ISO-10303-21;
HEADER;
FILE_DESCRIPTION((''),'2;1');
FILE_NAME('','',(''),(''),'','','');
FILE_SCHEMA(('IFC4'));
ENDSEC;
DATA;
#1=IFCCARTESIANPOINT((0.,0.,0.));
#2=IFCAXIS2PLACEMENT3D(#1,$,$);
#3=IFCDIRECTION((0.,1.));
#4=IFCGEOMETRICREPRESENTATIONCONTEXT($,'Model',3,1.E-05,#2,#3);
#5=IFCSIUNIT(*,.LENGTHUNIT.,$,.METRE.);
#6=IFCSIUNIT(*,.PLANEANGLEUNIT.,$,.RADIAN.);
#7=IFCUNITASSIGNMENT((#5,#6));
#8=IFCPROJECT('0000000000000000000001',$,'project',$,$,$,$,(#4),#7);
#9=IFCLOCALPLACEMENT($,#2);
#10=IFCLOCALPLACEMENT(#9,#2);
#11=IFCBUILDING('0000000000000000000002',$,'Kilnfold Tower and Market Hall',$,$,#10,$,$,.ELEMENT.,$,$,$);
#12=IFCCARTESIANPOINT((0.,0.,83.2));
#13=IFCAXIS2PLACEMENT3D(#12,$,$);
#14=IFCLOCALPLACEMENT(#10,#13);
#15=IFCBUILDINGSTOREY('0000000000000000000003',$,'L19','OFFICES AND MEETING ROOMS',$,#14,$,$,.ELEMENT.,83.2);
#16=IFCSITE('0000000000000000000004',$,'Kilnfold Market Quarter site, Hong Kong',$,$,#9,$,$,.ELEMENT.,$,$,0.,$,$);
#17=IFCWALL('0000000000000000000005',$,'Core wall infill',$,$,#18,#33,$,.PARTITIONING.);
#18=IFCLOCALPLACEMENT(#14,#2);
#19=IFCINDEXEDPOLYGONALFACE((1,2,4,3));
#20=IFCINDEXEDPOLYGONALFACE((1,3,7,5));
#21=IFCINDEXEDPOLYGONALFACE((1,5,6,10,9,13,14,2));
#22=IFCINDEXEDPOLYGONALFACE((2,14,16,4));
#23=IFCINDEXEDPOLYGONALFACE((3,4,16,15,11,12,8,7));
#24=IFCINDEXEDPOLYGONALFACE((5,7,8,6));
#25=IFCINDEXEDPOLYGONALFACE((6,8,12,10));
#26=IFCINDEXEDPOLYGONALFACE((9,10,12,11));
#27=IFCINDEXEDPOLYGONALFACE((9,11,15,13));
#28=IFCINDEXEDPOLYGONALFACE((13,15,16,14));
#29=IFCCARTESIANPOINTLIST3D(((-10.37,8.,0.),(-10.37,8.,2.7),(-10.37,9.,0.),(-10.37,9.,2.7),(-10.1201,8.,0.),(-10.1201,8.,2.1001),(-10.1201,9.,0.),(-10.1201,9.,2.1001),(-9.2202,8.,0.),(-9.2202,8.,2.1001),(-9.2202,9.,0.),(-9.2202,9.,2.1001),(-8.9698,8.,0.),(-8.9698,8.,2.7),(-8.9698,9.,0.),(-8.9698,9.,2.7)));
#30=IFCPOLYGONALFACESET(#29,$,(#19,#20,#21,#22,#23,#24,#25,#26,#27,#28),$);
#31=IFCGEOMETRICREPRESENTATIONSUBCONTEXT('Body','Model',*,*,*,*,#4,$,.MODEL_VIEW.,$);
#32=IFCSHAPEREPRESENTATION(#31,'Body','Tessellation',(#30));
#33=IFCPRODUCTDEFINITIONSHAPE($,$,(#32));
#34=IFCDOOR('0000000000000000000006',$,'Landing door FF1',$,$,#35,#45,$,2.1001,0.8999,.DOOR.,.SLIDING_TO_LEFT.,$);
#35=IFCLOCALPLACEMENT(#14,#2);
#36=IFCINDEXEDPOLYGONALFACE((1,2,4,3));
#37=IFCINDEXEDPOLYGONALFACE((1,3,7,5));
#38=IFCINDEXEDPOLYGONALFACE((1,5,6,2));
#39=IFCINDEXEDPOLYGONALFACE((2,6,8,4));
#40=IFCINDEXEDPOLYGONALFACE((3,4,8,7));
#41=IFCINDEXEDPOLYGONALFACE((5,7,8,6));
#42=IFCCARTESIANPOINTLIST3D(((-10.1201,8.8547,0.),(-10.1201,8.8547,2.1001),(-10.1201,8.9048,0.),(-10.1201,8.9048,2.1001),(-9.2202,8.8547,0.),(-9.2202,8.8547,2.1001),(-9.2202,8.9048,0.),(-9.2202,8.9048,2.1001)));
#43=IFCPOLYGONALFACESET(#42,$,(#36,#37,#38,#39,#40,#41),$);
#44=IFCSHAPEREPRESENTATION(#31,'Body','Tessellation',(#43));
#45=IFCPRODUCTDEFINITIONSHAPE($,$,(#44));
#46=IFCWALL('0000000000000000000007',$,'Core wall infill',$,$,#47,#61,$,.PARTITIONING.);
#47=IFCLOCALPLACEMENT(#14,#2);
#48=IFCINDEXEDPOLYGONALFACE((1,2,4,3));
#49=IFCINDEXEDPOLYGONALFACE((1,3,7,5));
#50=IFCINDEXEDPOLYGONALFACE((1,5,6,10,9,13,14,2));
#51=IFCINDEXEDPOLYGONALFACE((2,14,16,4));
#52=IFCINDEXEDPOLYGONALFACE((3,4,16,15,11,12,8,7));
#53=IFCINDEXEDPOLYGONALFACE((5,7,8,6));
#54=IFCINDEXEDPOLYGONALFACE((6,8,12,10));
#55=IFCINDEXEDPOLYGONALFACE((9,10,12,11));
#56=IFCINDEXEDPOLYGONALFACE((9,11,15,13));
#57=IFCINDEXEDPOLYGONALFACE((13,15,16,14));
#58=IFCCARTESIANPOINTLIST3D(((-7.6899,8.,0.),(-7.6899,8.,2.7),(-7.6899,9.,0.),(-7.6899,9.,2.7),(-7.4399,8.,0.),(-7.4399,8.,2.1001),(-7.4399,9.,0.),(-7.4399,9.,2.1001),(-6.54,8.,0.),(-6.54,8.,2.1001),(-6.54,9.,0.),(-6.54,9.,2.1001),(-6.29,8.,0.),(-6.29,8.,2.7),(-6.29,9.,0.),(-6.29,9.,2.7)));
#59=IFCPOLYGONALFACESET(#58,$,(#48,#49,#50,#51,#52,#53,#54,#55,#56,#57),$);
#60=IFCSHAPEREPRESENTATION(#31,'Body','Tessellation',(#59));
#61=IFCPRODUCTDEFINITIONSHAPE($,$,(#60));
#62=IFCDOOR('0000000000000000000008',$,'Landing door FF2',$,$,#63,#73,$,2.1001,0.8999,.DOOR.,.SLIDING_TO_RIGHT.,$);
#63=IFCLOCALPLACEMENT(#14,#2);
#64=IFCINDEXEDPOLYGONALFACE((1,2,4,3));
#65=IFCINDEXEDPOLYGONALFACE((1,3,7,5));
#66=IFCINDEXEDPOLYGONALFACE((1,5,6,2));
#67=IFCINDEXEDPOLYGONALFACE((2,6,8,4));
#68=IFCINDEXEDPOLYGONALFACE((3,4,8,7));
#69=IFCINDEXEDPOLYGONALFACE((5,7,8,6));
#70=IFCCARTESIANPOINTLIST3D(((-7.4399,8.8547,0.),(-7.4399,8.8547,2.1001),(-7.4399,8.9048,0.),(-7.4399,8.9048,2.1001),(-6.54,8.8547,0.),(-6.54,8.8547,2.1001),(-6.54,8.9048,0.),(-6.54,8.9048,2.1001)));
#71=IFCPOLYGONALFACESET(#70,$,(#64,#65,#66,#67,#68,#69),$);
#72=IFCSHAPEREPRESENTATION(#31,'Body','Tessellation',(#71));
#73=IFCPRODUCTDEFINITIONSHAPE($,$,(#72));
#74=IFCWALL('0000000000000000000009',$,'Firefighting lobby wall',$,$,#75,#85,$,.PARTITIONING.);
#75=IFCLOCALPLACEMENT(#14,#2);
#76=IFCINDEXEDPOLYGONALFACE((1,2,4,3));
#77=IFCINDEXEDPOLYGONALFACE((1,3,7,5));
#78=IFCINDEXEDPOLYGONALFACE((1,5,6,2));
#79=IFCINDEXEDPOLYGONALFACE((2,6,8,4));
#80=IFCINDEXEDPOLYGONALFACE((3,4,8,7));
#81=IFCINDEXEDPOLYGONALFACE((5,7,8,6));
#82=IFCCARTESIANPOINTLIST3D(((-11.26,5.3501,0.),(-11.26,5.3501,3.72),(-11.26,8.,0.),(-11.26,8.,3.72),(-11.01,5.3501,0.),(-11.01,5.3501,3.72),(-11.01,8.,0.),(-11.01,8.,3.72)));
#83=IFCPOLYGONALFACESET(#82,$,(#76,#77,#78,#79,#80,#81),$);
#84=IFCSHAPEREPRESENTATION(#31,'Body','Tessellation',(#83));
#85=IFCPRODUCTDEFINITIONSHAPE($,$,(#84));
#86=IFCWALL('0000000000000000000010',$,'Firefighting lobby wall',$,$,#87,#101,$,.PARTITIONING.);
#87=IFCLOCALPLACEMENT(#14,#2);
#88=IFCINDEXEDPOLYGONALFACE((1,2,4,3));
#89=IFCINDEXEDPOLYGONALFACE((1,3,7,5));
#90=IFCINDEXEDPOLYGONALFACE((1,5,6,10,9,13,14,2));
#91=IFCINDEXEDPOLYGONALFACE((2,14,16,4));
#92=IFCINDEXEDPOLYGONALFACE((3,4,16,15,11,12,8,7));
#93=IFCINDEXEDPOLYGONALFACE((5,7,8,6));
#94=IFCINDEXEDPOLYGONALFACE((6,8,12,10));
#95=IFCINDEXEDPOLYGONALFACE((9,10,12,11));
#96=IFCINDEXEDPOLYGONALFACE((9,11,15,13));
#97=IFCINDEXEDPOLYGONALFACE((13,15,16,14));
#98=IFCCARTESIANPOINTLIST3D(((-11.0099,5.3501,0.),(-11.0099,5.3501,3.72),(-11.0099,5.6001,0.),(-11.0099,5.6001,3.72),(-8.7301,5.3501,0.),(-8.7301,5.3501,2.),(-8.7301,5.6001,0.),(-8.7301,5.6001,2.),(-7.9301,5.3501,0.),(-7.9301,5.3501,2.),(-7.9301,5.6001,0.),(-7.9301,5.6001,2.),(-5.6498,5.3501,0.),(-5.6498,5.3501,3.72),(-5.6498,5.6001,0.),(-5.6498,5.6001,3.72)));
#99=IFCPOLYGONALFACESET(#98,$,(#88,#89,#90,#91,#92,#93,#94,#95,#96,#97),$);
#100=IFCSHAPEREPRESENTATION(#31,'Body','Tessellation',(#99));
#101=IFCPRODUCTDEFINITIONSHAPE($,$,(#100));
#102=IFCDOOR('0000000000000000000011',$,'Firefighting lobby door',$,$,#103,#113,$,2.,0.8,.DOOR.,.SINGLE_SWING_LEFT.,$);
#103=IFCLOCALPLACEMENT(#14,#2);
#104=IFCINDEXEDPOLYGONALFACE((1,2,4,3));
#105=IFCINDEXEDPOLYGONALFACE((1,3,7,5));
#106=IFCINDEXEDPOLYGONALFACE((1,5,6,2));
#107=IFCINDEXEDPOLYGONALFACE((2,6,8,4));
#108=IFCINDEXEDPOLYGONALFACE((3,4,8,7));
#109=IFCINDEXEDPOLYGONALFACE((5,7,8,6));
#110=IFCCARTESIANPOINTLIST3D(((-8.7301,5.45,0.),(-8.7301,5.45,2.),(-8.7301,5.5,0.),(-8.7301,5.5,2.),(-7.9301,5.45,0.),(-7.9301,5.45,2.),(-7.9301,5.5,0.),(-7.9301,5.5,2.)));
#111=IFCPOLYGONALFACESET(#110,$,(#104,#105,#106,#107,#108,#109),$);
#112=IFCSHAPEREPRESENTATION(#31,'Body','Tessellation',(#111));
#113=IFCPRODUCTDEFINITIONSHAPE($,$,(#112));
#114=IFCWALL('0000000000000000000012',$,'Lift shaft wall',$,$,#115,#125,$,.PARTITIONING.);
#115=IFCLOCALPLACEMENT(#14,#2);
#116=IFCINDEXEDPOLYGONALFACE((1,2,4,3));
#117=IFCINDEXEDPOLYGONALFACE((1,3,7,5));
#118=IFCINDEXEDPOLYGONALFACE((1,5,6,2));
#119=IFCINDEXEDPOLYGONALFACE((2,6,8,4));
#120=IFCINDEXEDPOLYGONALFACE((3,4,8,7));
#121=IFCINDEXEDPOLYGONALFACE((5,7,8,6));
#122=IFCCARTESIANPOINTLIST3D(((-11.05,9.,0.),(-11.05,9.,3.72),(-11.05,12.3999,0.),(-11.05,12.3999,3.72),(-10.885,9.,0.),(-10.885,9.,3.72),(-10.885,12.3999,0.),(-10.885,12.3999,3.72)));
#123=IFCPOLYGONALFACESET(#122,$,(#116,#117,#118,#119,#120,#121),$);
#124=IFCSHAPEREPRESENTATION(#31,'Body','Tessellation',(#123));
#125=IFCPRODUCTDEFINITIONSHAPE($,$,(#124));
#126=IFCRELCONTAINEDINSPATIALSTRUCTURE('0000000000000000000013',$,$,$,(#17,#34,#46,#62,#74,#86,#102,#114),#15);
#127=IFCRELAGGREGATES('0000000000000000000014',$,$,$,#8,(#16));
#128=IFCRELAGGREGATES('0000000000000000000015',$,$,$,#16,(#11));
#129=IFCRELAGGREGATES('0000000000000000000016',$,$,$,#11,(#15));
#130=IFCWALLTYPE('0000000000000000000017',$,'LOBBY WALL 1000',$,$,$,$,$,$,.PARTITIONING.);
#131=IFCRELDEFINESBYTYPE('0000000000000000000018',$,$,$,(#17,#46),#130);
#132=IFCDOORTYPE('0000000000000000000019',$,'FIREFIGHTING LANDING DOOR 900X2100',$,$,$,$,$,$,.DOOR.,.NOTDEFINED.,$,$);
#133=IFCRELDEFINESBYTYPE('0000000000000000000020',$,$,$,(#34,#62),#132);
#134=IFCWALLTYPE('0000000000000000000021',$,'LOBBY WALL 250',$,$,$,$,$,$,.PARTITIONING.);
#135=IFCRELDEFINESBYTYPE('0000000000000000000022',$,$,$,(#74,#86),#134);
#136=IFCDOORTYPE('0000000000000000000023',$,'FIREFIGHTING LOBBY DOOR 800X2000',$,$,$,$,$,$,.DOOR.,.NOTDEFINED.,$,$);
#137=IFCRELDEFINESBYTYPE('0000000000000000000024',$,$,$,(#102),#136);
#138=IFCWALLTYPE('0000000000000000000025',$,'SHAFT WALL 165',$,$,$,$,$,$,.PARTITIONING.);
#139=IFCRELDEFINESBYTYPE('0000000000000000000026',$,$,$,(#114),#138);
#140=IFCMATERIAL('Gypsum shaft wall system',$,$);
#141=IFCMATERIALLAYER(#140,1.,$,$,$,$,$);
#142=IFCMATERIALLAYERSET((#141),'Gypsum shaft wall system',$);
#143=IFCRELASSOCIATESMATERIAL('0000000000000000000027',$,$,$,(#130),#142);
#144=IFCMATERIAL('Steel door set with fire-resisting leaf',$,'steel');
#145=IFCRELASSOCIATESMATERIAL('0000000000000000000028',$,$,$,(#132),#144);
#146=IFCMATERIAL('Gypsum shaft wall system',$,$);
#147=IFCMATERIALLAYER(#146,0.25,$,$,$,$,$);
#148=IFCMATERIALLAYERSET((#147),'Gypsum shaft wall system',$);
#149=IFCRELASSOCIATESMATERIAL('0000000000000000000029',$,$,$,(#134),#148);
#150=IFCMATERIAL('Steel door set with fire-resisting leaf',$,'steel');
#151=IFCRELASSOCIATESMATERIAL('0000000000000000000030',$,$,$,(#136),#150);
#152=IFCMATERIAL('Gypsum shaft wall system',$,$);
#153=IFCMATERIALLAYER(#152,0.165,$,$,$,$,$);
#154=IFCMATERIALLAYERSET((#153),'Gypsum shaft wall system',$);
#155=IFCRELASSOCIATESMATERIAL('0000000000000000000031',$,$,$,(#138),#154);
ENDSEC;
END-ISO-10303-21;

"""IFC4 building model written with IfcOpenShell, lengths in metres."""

from ifc_helpers import new_model, si_unit, direction, frame, frame_2d, origin, place, context, subcontext, project, spatial, rectangle, extrude, source, transform, mapped, material, layer, layer_set, type_object, element, fill, save


model = new_model("IFC4")

# Units and contexts
model_context = context("Model", 3, precision=1e-05, world=origin(), true_north=direction((0.0, 1.0)))
body_context = subcontext(model_context, "Body", "Model", "MODEL_VIEW")
ifc_project = project(units=[si_unit("LENGTHUNIT", "METRE"), si_unit("PLANEANGLEUNIT", "RADIAN")], contexts=[model_context])

# Site, building, storey
site_placement = place(None, origin())
site = spatial("IfcSite", under=ifc_project, at=site_placement, Name="Kilnfold Market Quarter site, Hong Kong", CompositionType="ELEMENT", RefElevation=0.0)
building_placement = place(site_placement, origin())
building = spatial("IfcBuilding", under=site, at=building_placement, Name="Kilnfold Tower and Market Hall", CompositionType="ELEMENT")
storey_placement = place(building_placement, frame((0.0, 0.0, 83.2)))
storey = spatial("IfcBuildingStorey", under=building, at=storey_placement, Name="L19", Description="OFFICES AND MEETING ROOMS", CompositionType="ELEMENT", Elevation=83.2)

# Walls, openings, doors
ifc_material_1 = material(Name="Gypsum shaft wall system")
ifc_layer_1 = layer(ifc_material_1, 1.0)
ifc_layer_set_1 = layer_set([ifc_layer_1], Name="Gypsum shaft wall system")
wall_type_1 = type_object("IfcWallType", Name="LOBBY WALL 1000", PredefinedType="PARTITIONING", material=ifc_layer_set_1)
shared_shape_1 = source(origin(), body_context, "Body", "SweptSolid", [
    extrude(rectangle(XDim=1.4001, YDim=1.0, at=frame_2d((0.7002, 0.0))), origin(), (0.0, 0.0, 1.0), 2.7),
])
wall_1_placement = place(storey_placement, frame((-10.3701, 8.5, 0.0), z_axis=(0.0, 0.0, 1.0), x_axis=(1.0, 0.0, 0.0)))
wall_1 = element("IfcWall", 1, at=wall_1_placement, inside=storey, type_object=wall_type_1, Name="Core wall infill", PredefinedType="PARTITIONING", context=body_context, shape_type="MappedRepresentation", body=[
    mapped(shared_shape_1, transform((0.0, 0.0, 0.0))),
])
opening_1_placement = place(wall_1_placement, frame((0.25, 0.0, 0.0)))
opening_1 = element("IfcOpeningElement", 2, at=opening_1_placement, cuts=wall_1, PredefinedType="OPENING", context=body_context, shape_type="SweptSolid", body=[
    extrude(rectangle(XDim=0.8999, YDim=2.1001, at=frame_2d((0.45, 1.05))), frame((0.0, 0.51, 0.0), z_axis=(0.0, -1.0, 0.0), x_axis=(1.0, 0.0, 0.0)), (0.0, 0.0, 1.0), 1.02),
])
ifc_material_2 = material(Name="Steel door set with fire-resisting leaf", Category="steel")
door_type_1 = type_object("IfcDoorType", Name="FIREFIGHTING LANDING DOOR 900X2100", OperationType="NOTDEFINED", PredefinedType="DOOR", material=ifc_material_2)
door_1_placement = place(opening_1_placement, origin())
door_1 = element("IfcDoor", 3, at=door_1_placement, inside=storey, type_object=door_type_1, Name="Landing door FF1", OperationType="SLIDING_TO_LEFT", OverallHeight=2.1001, OverallWidth=0.8999, PredefinedType="DOOR", context=body_context, shape_type="SweptSolid", body=[
    extrude(rectangle(XDim=0.8999, YDim=2.1001, at=frame_2d((0.45, 1.05))), frame((0.0, 0.4048, 0.0), z_axis=(0.0, -1.0, 0.0), x_axis=(1.0, 0.0, 0.0)), (0.0, 0.0, 1.0), 0.05),
])
fill(opening_1, door_1)
shared_shape_2 = source(origin(), body_context, "Body", "SweptSolid", [
    extrude(rectangle(XDim=1.3999, YDim=1.0, at=frame_2d((0.7, 0.0))), origin(), (0.0, 0.0, 1.0), 2.7),
])
wall_2_placement = place(storey_placement, frame((-7.6899, 8.5, 0.0), z_axis=(0.0, 0.0, 1.0), x_axis=(1.0, 0.0, 0.0)))
wall_2 = element("IfcWall", 4, at=wall_2_placement, inside=storey, type_object=wall_type_1, Name="Core wall infill", PredefinedType="PARTITIONING", context=body_context, shape_type="MappedRepresentation", body=[
    mapped(shared_shape_2, transform((0.0, 0.0, 0.0))),
])
opening_2_placement = place(wall_2_placement, frame((0.25, 0.0, 0.0)))
opening_2 = element("IfcOpeningElement", 5, at=opening_2_placement, cuts=wall_2, PredefinedType="OPENING", context=body_context, shape_type="SweptSolid", body=[
    extrude(rectangle(XDim=0.8999, YDim=2.1001, at=frame_2d((0.45, 1.05))), frame((0.0, 0.51, 0.0), z_axis=(0.0, -1.0, 0.0), x_axis=(1.0, 0.0, 0.0)), (0.0, 0.0, 1.0), 1.02),
])
door_2_placement = place(opening_2_placement, origin())
door_2 = element("IfcDoor", 6, at=door_2_placement, inside=storey, type_object=door_type_1, Name="Landing door FF2", OperationType="SLIDING_TO_RIGHT", OverallHeight=2.1001, OverallWidth=0.8999, PredefinedType="DOOR", context=body_context, shape_type="SweptSolid", body=[
    extrude(rectangle(XDim=0.8999, YDim=2.1001, at=frame_2d((0.45, 1.05))), frame((0.0, 0.4048, 0.0), z_axis=(0.0, -1.0, 0.0), x_axis=(1.0, 0.0, 0.0)), (0.0, 0.0, 1.0), 0.05),
])
fill(opening_2, door_2)

# Wall
ifc_material_3 = material(Name="Gypsum shaft wall system")
ifc_layer_2 = layer(ifc_material_3, 0.25)
ifc_layer_set_2 = layer_set([ifc_layer_2], Name="Gypsum shaft wall system")
wall_type_2 = type_object("IfcWallType", Name="LOBBY WALL 250", PredefinedType="PARTITIONING", material=ifc_layer_set_2)
shared_shape_3 = source(origin(), body_context, "Body", "SweptSolid", [
    extrude(rectangle(XDim=2.6499, YDim=0.25, at=frame_2d((1.325, 0.0))), origin(), (0.0, 0.0, 1.0), 3.72),
])
wall_3_placement = place(storey_placement, frame((-11.135, 5.3501, 0.0), z_axis=(0.0, 0.0, 1.0), x_axis=(0.0, 1.0, 0.0)))
element("IfcWall", 7, at=wall_3_placement, inside=storey, type_object=wall_type_2, Name="Firefighting lobby wall", PredefinedType="PARTITIONING", context=body_context, shape_type="MappedRepresentation", body=[
    mapped(shared_shape_3, transform((0.0, 0.0, 0.0))),
])

# Wall, opening, door
shared_shape_4 = source(origin(), body_context, "Body", "SweptSolid", [
    extrude(rectangle(XDim=5.3601, YDim=0.25, at=frame_2d((2.6802, 0.0))), origin(), (0.0, 0.0, 1.0), 3.72),
])
wall_4_placement = place(storey_placement, frame((-11.01, 5.4751, 0.0), z_axis=(0.0, 0.0, 1.0), x_axis=(1.0, 0.0, 0.0)))
wall_4 = element("IfcWall", 8, at=wall_4_placement, inside=storey, type_object=wall_type_2, Name="Firefighting lobby wall", PredefinedType="PARTITIONING", context=body_context, shape_type="MappedRepresentation", body=[
    mapped(shared_shape_4, transform((0.0, 0.0, 0.0))),
])
opening_3_placement = place(wall_4_placement, frame((2.28, 0.0, 0.0)))
opening_3 = element("IfcOpeningElement", 9, at=opening_3_placement, cuts=wall_4, PredefinedType="OPENING", context=body_context, shape_type="SweptSolid", body=[
    extrude(rectangle(XDim=0.8, YDim=2.0, at=frame_2d((0.3999, 1.0))), frame((0.0, 0.135, 0.0), z_axis=(0.0, -1.0, 0.0), x_axis=(1.0, 0.0, 0.0)), (0.0, 0.0, 1.0), 0.27),
])
ifc_material_4 = material(Name="Steel door set with fire-resisting leaf", Category="steel")
door_type_2 = type_object("IfcDoorType", Name="FIREFIGHTING LOBBY DOOR 800X2000", OperationType="NOTDEFINED", PredefinedType="DOOR", material=ifc_material_4)
door_3_placement = place(opening_3_placement, origin())
door_3 = element("IfcDoor", 10, at=door_3_placement, inside=storey, type_object=door_type_2, Name="Firefighting lobby door", OperationType="SINGLE_SWING_LEFT", OverallHeight=2.0, OverallWidth=0.8, PredefinedType="DOOR", context=body_context, shape_type="SweptSolid", body=[
    extrude(rectangle(XDim=0.8, YDim=2.0, at=frame_2d((0.3999, 1.0))), frame((0.0, 0.0249, 0.0), z_axis=(0.0, -1.0, 0.0), x_axis=(1.0, 0.0, 0.0)), (0.0, 0.0, 1.0), 0.05),
])
fill(opening_3, door_3)

# Wall
ifc_material_5 = material(Name="Gypsum shaft wall system")
ifc_layer_3 = layer(ifc_material_5, 0.165)
ifc_layer_set_3 = layer_set([ifc_layer_3], Name="Gypsum shaft wall system")
wall_type_3 = type_object("IfcWallType", Name="SHAFT WALL 165", PredefinedType="PARTITIONING", material=ifc_layer_set_3)
shared_shape_5 = source(origin(), body_context, "Body", "SweptSolid", [
    extrude(rectangle(XDim=3.3999, YDim=0.165, at=frame_2d((1.7, 0.0))), origin(), (0.0, 0.0, 1.0), 3.72),
])
wall_5_placement = place(storey_placement, frame((-10.9675, 9.0, 0.0), z_axis=(0.0, 0.0, 1.0), x_axis=(0.0, 1.0, 0.0)))
element("IfcWall", 11, at=wall_5_placement, inside=storey, type_object=wall_type_3, Name="Lift shaft wall", PredefinedType="PARTITIONING", context=body_context, shape_type="MappedRepresentation", body=[
    mapped(shared_shape_5, transform((0.0, 0.0, 0.0))),
])

save(model, "model.ifc")
